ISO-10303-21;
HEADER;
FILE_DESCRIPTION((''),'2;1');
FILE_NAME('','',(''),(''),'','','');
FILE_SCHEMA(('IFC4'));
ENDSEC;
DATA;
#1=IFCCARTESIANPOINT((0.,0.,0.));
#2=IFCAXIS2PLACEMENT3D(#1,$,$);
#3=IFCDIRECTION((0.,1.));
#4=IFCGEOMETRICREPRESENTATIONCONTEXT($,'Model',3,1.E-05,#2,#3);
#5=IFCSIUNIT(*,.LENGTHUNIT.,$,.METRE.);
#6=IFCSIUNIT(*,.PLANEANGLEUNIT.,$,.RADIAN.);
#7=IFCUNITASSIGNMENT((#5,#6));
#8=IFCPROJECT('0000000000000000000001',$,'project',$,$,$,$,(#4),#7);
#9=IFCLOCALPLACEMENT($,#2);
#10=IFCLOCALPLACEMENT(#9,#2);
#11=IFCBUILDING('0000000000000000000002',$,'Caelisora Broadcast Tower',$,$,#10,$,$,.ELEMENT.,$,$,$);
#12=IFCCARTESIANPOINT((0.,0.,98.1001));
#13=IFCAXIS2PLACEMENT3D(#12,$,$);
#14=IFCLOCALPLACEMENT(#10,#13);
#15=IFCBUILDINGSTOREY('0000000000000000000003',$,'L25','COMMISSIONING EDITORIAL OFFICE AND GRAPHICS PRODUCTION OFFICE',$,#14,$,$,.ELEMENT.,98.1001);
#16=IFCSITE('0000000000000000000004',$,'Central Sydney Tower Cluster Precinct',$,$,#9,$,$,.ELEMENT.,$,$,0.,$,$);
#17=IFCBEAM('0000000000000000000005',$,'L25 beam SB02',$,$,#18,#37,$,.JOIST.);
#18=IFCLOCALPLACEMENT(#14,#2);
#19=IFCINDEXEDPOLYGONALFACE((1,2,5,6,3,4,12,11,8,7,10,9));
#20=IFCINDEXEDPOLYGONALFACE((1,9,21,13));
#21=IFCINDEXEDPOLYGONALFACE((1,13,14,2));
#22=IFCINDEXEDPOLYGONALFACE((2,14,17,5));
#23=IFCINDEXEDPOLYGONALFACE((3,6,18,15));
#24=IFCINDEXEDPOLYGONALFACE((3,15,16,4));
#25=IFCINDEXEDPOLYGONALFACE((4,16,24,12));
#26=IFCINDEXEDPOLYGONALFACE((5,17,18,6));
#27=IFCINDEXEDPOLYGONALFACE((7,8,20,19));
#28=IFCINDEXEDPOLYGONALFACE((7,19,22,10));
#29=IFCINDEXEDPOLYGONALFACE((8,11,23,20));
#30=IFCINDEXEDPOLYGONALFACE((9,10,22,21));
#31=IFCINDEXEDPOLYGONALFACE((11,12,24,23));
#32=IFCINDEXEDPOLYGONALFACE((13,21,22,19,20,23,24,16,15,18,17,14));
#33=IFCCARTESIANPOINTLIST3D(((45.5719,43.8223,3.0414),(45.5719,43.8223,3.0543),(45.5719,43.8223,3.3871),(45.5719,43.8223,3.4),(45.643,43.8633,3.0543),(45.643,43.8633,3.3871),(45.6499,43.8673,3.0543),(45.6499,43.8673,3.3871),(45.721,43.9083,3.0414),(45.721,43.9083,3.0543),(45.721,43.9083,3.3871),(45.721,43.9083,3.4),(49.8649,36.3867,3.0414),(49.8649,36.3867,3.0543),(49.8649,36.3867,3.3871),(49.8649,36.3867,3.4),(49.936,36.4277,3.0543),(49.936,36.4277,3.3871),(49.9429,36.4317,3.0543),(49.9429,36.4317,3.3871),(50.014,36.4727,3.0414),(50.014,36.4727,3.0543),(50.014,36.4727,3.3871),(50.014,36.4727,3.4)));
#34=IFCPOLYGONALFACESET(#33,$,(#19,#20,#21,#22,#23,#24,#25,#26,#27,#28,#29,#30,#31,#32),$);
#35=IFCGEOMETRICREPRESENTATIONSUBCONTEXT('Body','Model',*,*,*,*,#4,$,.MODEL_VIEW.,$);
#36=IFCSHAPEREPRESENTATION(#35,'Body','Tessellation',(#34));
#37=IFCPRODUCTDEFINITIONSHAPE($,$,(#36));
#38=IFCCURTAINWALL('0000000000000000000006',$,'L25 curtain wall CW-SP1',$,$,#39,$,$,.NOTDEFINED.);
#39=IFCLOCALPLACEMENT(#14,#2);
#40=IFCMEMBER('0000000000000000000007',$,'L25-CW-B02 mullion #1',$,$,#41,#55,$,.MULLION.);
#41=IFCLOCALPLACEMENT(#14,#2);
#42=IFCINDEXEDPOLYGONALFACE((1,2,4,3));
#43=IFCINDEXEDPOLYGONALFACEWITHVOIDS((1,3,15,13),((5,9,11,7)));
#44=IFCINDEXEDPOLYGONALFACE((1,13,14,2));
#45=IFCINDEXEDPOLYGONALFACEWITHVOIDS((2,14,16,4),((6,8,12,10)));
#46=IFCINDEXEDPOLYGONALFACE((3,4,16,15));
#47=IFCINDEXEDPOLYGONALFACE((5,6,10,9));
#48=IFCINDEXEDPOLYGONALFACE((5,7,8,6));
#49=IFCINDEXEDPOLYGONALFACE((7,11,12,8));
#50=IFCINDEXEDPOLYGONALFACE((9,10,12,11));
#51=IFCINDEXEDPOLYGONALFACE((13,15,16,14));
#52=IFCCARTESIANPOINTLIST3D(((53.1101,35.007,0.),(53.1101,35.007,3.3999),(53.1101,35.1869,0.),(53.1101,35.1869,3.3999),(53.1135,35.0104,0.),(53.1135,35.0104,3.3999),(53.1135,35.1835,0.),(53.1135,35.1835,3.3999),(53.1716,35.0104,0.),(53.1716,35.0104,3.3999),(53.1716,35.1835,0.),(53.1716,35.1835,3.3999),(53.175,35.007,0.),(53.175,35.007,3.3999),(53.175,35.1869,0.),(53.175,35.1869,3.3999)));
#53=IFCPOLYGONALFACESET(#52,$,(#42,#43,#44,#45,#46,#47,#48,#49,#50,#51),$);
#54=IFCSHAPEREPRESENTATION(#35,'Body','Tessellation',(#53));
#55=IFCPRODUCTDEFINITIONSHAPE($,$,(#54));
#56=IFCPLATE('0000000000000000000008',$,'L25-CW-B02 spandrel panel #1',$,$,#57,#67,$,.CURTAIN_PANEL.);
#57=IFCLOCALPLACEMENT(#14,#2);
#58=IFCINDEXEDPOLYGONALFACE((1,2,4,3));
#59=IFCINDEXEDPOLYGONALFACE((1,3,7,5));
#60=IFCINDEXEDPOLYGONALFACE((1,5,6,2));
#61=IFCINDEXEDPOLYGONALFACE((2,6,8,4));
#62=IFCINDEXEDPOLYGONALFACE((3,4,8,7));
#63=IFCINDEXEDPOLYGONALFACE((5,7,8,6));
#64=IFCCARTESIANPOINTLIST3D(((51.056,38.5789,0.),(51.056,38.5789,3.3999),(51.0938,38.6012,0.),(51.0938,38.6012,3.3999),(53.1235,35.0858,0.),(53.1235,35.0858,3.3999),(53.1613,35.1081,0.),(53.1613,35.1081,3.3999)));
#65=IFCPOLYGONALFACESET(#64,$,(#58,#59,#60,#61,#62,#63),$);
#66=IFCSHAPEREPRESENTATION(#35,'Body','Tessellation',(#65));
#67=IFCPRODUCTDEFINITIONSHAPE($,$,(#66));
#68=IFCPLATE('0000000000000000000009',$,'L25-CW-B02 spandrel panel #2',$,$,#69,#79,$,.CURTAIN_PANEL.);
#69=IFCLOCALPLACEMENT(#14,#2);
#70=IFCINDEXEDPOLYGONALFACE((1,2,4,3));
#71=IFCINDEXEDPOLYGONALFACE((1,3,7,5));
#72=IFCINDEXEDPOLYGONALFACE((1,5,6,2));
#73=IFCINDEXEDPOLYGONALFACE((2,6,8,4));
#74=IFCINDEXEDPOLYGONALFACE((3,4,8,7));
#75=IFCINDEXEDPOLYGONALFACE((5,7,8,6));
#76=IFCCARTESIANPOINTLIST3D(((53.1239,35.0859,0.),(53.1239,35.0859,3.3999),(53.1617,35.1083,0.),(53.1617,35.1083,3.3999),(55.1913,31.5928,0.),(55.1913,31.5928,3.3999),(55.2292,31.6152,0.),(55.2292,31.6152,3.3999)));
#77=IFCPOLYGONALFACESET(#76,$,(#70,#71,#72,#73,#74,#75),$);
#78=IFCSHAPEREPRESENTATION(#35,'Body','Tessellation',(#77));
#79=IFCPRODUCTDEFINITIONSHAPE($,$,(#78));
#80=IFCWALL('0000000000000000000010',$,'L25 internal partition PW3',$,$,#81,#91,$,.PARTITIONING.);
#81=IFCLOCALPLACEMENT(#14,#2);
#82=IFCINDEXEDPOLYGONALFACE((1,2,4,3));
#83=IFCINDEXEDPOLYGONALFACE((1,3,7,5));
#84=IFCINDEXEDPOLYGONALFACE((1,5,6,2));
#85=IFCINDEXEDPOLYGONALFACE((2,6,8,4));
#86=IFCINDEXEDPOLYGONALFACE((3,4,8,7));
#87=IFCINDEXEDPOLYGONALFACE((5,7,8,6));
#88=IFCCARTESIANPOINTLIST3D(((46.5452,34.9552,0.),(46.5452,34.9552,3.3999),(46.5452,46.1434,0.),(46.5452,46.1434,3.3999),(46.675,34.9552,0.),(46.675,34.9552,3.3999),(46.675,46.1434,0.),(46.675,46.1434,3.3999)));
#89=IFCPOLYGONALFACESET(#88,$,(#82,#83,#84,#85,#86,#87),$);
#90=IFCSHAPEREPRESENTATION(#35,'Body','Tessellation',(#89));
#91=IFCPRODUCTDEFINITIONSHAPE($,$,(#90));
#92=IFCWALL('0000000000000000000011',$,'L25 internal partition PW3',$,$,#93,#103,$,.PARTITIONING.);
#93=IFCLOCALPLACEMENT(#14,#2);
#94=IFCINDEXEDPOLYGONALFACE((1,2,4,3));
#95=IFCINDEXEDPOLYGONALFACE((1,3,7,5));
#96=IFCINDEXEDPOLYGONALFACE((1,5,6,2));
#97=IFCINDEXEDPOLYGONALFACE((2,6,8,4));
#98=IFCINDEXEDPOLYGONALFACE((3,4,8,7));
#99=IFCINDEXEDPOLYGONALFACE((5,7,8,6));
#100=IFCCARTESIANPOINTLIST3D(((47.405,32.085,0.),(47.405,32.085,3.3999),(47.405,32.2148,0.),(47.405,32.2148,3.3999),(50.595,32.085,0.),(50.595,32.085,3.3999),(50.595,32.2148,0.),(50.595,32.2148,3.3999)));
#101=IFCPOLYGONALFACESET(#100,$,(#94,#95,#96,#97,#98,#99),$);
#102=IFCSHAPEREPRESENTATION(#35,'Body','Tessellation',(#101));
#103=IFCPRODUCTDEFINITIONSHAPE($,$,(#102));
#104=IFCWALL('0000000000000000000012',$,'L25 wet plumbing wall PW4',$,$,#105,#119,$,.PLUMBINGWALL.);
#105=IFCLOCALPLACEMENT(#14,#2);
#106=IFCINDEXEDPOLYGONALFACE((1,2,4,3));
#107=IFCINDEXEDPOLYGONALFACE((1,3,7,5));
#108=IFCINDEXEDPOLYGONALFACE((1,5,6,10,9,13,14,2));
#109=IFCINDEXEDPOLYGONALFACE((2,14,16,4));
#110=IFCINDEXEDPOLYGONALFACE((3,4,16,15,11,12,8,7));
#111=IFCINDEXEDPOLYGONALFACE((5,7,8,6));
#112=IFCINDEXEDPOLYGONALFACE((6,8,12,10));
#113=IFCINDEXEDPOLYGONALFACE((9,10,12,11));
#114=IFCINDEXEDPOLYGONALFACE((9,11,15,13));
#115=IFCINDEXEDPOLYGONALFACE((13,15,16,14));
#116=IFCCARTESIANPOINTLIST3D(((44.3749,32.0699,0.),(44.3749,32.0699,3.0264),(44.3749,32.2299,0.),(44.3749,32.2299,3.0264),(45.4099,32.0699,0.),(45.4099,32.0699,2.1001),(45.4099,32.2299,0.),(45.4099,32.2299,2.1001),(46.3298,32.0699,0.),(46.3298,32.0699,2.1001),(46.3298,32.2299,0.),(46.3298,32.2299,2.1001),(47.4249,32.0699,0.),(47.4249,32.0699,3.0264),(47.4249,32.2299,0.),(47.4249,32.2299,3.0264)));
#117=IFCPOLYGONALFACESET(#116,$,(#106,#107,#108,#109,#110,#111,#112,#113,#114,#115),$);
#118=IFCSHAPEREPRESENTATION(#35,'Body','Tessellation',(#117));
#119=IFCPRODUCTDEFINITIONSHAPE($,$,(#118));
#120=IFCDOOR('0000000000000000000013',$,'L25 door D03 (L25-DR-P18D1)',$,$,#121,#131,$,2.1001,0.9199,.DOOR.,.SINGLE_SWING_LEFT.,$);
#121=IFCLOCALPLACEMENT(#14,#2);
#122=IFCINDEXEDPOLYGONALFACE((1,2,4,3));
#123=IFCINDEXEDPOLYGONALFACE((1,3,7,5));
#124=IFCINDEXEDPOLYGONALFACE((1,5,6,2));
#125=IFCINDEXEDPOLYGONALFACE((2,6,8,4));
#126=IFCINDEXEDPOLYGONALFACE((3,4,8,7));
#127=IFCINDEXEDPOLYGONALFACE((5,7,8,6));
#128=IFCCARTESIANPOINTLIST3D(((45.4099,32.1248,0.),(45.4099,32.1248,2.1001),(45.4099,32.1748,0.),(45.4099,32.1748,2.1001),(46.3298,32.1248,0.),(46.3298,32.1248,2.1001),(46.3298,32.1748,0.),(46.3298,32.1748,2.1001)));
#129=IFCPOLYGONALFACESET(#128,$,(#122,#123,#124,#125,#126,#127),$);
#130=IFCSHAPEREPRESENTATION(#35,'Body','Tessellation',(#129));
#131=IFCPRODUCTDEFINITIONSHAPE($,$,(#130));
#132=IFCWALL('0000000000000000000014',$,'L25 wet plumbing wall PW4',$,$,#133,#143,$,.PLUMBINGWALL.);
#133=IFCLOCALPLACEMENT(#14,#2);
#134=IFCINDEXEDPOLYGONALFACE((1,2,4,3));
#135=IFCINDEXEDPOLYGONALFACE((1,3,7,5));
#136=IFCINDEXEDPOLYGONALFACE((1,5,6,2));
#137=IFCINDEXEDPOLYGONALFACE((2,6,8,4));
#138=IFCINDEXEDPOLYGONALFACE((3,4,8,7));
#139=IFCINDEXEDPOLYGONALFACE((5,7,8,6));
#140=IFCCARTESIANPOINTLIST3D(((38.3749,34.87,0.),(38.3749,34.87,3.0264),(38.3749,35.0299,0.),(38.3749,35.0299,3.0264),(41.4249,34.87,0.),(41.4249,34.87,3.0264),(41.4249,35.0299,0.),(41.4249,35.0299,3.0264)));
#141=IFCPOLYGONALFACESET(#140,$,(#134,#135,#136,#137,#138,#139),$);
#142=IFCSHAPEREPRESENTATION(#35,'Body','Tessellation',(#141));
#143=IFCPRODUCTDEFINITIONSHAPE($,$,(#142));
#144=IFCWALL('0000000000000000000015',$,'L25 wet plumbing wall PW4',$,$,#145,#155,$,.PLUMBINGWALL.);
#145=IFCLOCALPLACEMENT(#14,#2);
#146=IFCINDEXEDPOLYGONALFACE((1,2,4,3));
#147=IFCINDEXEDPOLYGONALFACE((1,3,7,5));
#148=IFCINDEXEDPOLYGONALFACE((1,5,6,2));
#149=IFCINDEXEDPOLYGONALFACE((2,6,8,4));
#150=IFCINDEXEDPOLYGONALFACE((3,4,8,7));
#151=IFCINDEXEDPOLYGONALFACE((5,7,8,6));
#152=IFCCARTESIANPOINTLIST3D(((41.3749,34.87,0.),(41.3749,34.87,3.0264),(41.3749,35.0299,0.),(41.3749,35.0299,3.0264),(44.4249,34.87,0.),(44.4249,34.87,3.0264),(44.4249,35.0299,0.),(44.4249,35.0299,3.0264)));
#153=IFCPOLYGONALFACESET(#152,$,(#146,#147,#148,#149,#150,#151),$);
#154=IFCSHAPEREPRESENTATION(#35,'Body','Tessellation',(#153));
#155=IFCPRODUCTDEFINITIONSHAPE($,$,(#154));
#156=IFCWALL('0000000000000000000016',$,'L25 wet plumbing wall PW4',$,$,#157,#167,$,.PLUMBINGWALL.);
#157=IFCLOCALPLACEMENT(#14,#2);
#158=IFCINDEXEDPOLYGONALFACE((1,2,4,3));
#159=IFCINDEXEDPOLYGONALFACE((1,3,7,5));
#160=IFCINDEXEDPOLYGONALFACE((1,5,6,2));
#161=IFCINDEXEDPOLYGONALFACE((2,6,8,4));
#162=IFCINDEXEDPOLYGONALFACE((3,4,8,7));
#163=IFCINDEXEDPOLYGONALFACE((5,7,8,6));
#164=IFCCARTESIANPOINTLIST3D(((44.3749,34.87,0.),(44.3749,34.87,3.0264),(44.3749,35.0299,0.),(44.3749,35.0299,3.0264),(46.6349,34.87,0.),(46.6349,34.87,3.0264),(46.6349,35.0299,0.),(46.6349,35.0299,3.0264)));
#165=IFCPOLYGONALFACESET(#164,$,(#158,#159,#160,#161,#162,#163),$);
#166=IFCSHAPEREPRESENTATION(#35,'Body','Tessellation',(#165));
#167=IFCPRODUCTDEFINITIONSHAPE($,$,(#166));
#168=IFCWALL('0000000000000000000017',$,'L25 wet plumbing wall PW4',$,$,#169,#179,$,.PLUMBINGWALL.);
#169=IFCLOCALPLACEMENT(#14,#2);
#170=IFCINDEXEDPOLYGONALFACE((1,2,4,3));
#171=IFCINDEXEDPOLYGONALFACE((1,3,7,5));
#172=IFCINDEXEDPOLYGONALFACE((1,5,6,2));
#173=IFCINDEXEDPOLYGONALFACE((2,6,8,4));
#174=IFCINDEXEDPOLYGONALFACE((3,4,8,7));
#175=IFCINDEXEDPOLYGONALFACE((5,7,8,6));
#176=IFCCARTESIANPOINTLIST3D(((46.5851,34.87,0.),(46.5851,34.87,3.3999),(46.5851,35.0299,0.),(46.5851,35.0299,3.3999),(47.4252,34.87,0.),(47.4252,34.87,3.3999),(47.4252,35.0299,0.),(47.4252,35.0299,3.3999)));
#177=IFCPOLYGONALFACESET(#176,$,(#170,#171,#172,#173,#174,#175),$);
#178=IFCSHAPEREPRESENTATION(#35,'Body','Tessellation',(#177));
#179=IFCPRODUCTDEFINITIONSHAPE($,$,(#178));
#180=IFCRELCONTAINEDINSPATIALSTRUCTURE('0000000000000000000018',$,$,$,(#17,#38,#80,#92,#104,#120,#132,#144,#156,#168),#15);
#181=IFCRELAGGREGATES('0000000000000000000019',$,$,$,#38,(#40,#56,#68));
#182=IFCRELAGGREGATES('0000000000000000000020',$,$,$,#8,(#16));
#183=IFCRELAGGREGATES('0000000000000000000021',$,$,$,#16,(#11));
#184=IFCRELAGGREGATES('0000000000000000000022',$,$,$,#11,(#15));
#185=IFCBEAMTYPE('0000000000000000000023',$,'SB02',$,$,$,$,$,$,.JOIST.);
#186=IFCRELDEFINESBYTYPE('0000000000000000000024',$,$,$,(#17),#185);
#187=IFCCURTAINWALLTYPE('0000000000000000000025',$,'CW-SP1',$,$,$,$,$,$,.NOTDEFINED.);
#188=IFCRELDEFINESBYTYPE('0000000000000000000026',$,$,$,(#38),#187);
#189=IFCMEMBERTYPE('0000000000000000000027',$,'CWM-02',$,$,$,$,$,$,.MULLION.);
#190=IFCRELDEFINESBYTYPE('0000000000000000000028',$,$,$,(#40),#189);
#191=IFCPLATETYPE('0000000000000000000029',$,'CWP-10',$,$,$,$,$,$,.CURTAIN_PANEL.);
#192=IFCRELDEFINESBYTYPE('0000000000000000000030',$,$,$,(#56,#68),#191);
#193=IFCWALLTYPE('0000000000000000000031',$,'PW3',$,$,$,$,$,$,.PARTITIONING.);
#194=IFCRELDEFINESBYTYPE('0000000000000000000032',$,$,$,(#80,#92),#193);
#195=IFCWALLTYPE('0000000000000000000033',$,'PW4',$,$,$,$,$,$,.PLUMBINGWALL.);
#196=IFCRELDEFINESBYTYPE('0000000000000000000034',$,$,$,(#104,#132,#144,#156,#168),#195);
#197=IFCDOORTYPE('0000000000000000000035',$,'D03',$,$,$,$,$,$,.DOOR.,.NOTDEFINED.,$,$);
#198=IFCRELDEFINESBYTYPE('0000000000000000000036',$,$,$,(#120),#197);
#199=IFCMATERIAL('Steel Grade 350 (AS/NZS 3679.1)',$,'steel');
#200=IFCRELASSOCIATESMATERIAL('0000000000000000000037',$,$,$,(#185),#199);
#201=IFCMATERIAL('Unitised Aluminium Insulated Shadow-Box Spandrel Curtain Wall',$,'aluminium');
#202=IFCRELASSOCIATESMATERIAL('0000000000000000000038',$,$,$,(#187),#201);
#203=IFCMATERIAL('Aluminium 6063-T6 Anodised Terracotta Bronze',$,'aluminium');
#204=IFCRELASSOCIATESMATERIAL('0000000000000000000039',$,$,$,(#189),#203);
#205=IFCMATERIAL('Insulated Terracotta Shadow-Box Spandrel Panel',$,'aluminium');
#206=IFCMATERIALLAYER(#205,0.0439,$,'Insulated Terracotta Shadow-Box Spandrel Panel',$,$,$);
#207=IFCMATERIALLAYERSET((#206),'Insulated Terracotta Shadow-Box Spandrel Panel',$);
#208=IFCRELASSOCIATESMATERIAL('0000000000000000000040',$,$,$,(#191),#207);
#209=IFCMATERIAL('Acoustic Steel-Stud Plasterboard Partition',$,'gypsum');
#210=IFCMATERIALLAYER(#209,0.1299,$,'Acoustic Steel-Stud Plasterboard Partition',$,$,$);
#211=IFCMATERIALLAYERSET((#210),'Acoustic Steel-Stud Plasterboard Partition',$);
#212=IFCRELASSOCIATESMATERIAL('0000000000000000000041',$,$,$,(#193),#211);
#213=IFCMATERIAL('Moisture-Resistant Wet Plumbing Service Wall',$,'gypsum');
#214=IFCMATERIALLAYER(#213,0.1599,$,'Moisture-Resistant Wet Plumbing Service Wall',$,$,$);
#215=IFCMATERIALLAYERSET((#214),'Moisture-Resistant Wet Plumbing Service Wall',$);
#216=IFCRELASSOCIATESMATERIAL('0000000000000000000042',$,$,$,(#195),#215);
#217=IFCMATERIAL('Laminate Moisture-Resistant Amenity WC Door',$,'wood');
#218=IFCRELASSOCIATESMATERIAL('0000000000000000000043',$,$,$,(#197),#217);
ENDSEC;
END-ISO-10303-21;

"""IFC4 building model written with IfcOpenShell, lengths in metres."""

from ifc_helpers import new_model, si_unit, direction, frame, frame_2d, origin, origin_2d, place, context, subcontext, project, spatial, rectangle, hollow_rectangle, i_section, extrude, source, transform, mapped, material, layer, layer_set, material_profile, profile_set, type_object, type_shapes, element, fill, aggregate, save


model = new_model("IFC4")

# Units and contexts
model_context = context("Model", 3, precision=1e-05, world=origin(), true_north=direction((0.0, 1.0)))
body_context = subcontext(model_context, "Body", "Model", "MODEL_VIEW")
ifc_project = project(units=[si_unit("LENGTHUNIT", "METRE"), si_unit("PLANEANGLEUNIT", "RADIAN")], contexts=[model_context])

# Site, building, storey
site_placement = place(None, origin())
site = spatial("IfcSite", under=ifc_project, at=site_placement, Name="Central Sydney Tower Cluster Precinct", CompositionType="ELEMENT", RefElevation=0.0)
building_placement = place(site_placement, origin())
building = spatial("IfcBuilding", under=site, at=building_placement, Name="Caelisora Broadcast Tower", CompositionType="ELEMENT")
storey_placement = place(building_placement, frame((0.0, 0.0, 98.1001)))
storey = spatial("IfcBuildingStorey", under=building, at=storey_placement, Name="L25", Description="COMMISSIONING EDITORIAL OFFICE AND GRAPHICS PRODUCTION OFFICE", CompositionType="ELEMENT", Elevation=98.1001)

# Beam
ifc_material_1 = material(Name="Steel Grade 350 (AS/NZS 3679.1)", Category="steel")
ifc_material_profile_1 = material_profile(ifc_material_1, i_section(OverallWidth=0.1721, OverallDepth=0.3586, WebThickness=0.0081, FlangeThickness=0.0129, at=origin_2d()), Name="Steel Grade 350 (AS/NZS 3679.1)")
ifc_profile_set_1 = profile_set([ifc_material_profile_1], Name="Steel Grade 350 (AS/NZS 3679.1)")
beam_type = type_object("IfcBeamType", Name="SB02", PredefinedType="JOIST", material=ifc_profile_set_1)
shared_shape_1 = source(origin(), body_context, "Body", "SweptSolid", [
    extrude(i_section(OverallWidth=0.1721, OverallDepth=0.3586, WebThickness=0.0081, FlangeThickness=0.0129, at=origin_2d()), origin(), (0.0, 0.0, 1.0), 8.5859),
])
beam_1_placement = place(storey_placement, frame((49.9395, 36.4297, 3.2207), z_axis=(-0.500005, 0.866023, 0.0), x_axis=(-0.866023, -0.500005, 0.0)))
element("IfcBeam", 1, at=beam_1_placement, inside=storey, type_object=beam_type, Name="L25 beam SB02", PredefinedType="JOIST", context=body_context, shape_type="MappedRepresentation", body=[
    mapped(shared_shape_1, transform((0.0, 0.0, 0.0), scale=1.0)),
])

# Curtain wall, member, plates
ifc_material_2 = material(Name="Unitised Aluminium Insulated Shadow-Box Spandrel Curtain Wall", Category="aluminium")
curtain_wall_type = type_object("IfcCurtainWallType", Name="CW-SP1", PredefinedType="NOTDEFINED", material=ifc_material_2)
curtain_wall_placement = place(storey_placement, origin())
curtain_wall = element("IfcCurtainWall", 2, at=curtain_wall_placement, inside=storey, type_object=curtain_wall_type, Name="L25 curtain wall CW-SP1", PredefinedType="NOTDEFINED")
ifc_material_3 = material(Name="Aluminium 6063-T6 Anodised Terracotta Bronze", Category="aluminium")
ifc_material_profile_2 = material_profile(ifc_material_3, hollow_rectangle(XDim=0.0649, YDim=0.1799, WallThickness=0.0034, at=origin_2d()), Name="Aluminium 6063-T6 Anodised Terracotta Bronze")
ifc_profile_set_2 = profile_set([ifc_material_profile_2], Name="Aluminium 6063-T6 Anodised Terracotta Bronze")
member_type = type_object("IfcMemberType", Name="CWM-02", PredefinedType="MULLION", material=ifc_profile_set_2)
shared_shape_2 = source(origin(), body_context, "Body", "SweptSolid", [
    extrude(hollow_rectangle(XDim=0.0649, YDim=0.1799, WallThickness=0.0034, at=origin_2d()), origin(), (0.0, 0.0, 1.0), 3.3999),
])
type_shapes(member_type, [shared_shape_2])
member_placement = place(storey_placement, frame((53.1426, 35.0969, 0.0), z_axis=(0.0, 0.0, 1.0), x_axis=(1.0, 0.0, 0.0)))
member = element("IfcMember", 3, at=member_placement, type_object=member_type, Name="L25-CW-B02 mullion #1", PredefinedType="MULLION", context=body_context, shape_type="MappedRepresentation", body=[
    mapped(shared_shape_2, transform((0.0, 0.0, 0.0), scale=1.0)),
])
ifc_material_4 = material(Name="Insulated Terracotta Shadow-Box Spandrel Panel", Category="aluminium")
ifc_layer_1 = layer(ifc_material_4, 0.0439, Name="Insulated Terracotta Shadow-Box Spandrel Panel")
ifc_layer_set_1 = layer_set([ifc_layer_1], Name="Insulated Terracotta Shadow-Box Spandrel Panel")
plate_type = type_object("IfcPlateType", Name="CWP-10", PredefinedType="CURTAIN_PANEL", material=ifc_layer_set_1)
shared_shape_3 = source(origin(), body_context, "Body", "SweptSolid", [
    extrude(rectangle(XDim=4.0591, YDim=0.0439, at=origin_2d()), origin(), (0.0, 0.0, 1.0), 3.3999),
])
type_shapes(plate_type, [shared_shape_3])
plate_1_placement = place(storey_placement, frame((52.1086, 36.8435, 0.0), z_axis=(0.0, 0.0, 1.0), x_axis=(0.509342, -0.860564, 0.0)))
plate_1 = element("IfcPlate", 4, at=plate_1_placement, type_object=plate_type, Name="L25-CW-B02 spandrel panel #1", PredefinedType="CURTAIN_PANEL", context=body_context, shape_type="MappedRepresentation", body=[
    mapped(shared_shape_3, transform((0.0, 0.0, 0.0), scale=1.0)),
])
plate_2_placement = place(storey_placement, frame((54.1765, 33.3506, 0.0), z_axis=(0.0, 0.0, 1.0), x_axis=(0.509342, -0.860564, 0.0)))
plate_2 = element("IfcPlate", 5, at=plate_2_placement, type_object=plate_type, Name="L25-CW-B02 spandrel panel #2", PredefinedType="CURTAIN_PANEL", context=body_context, shape_type="MappedRepresentation", body=[
    mapped(shared_shape_3, transform((0.0, 0.0, 0.0), scale=1.0)),
])
aggregate(curtain_wall, [member, plate_1, plate_2])

# Walls
ifc_material_5 = material(Name="Acoustic Steel-Stud Plasterboard Partition", Category="gypsum")
ifc_layer_2 = layer(ifc_material_5, 0.1299, Name="Acoustic Steel-Stud Plasterboard Partition")
ifc_layer_set_2 = layer_set([ifc_layer_2], Name="Acoustic Steel-Stud Plasterboard Partition")
wall_type_1 = type_object("IfcWallType", Name="PW3", PredefinedType="PARTITIONING", material=ifc_layer_set_2)
wall_1_placement = place(storey_placement, frame((46.6101, 34.9551, 0.0), z_axis=(0.0, 0.0, 1.0), x_axis=(0.0, 1.0, 0.0)))
element("IfcWall", 6, at=wall_1_placement, inside=storey, type_object=wall_type_1, Name="L25 internal partition PW3", PredefinedType="PARTITIONING", context=body_context, shape_type="SweptSolid", body=[
    extrude(rectangle(XDim=11.1882, YDim=0.1299, at=frame_2d((5.5942, 0.0))), origin(), (0.0, 0.0, 1.0), 3.3999),
])
wall_2_placement = place(storey_placement, frame((47.405, 32.1499, 0.0), z_axis=(0.0, 0.0, 1.0), x_axis=(1.0, 0.0, 0.0)))
element("IfcWall", 7, at=wall_2_placement, inside=storey, type_object=wall_type_1, Name="L25 internal partition PW3", PredefinedType="PARTITIONING", context=body_context, shape_type="SweptSolid", body=[
    extrude(rectangle(XDim=3.1899, YDim=0.1299, at=frame_2d((1.595, 0.0))), origin(), (0.0, 0.0, 1.0), 3.3999),
])

# Wall, opening, door
ifc_material_6 = material(Name="Moisture-Resistant Wet Plumbing Service Wall", Category="gypsum")
ifc_layer_3 = layer(ifc_material_6, 0.1599, Name="Moisture-Resistant Wet Plumbing Service Wall")
ifc_layer_set_3 = layer_set([ifc_layer_3], Name="Moisture-Resistant Wet Plumbing Service Wall")
wall_type_2 = type_object("IfcWallType", Name="PW4", PredefinedType="PLUMBINGWALL", material=ifc_layer_set_3)
wall_3_placement = place(storey_placement, frame((44.375, 32.1499, 0.0), z_axis=(0.0, 0.0, 1.0), x_axis=(1.0, 0.0, 0.0)))
wall_3 = element("IfcWall", 8, at=wall_3_placement, inside=storey, type_object=wall_type_2, Name="L25 wet plumbing wall PW4", PredefinedType="PLUMBINGWALL", context=body_context, shape_type="SweptSolid", body=[
    extrude(rectangle(XDim=3.05, YDim=0.1599, at=frame_2d((1.5249, 0.0))), origin(), (0.0, 0.0, 1.0), 3.0264),
])
opening_placement = place(wall_3_placement, frame((1.0349, 0.0, 0.0)))
opening = element("IfcOpeningElement", 9, at=opening_placement, cuts=wall_3, PredefinedType="OPENING", context=body_context, shape_type="SweptSolid", body=[
    extrude(rectangle(XDim=0.9199, YDim=2.1001, at=frame_2d((0.46, 1.05))), frame((0.0, 0.092, 0.0), z_axis=(0.0, -1.0, 0.0), x_axis=(1.0, 0.0, 0.0)), (0.0, 0.0, 1.0), 0.1838),
])
ifc_material_7 = material(Name="Laminate Moisture-Resistant Amenity WC Door", Category="wood")
door_type = type_object("IfcDoorType", Name="D03", OperationType="NOTDEFINED", PredefinedType="DOOR", material=ifc_material_7)
door_placement = place(opening_placement, origin())
door = element("IfcDoor", 10, at=door_placement, inside=storey, type_object=door_type, Name="L25 door D03 (L25-DR-P18D1)", OperationType="SINGLE_SWING_LEFT", OverallHeight=2.1001, OverallWidth=0.9199, PredefinedType="DOOR", context=body_context, shape_type="SweptSolid", body=[
    extrude(rectangle(XDim=0.9199, YDim=2.1001, at=frame_2d((0.46, 1.05))), frame((0.0, 0.0249, 0.0), z_axis=(0.0, -1.0, 0.0), x_axis=(1.0, 0.0, 0.0)), (0.0, 0.0, 1.0), 0.05),
])
fill(opening, door)

# Walls
for number, where, z_axis, x_axis, name in (
    (11, (38.375, 34.95, 0.0), (0.0, 0.0, 1.0), (1.0, 0.0, 0.0), "L25 wet plumbing wall PW4"),
    (12, (41.375, 34.95, 0.0), (0.0, 0.0, 1.0), (1.0, 0.0, 0.0), "L25 wet plumbing wall PW4"),
):
    element("IfcWall", number, at=place(storey_placement, frame(where, z_axis=z_axis, x_axis=x_axis)), inside=storey, type_object=wall_type_2, Name=name, PredefinedType="PLUMBINGWALL", context=body_context, shape_type="SweptSolid", body=[
        extrude(rectangle(XDim=3.05, YDim=0.1599, at=frame_2d((1.5249, 0.0))), origin(), (0.0, 0.0, 1.0), 3.0264),
    ])
wall_4_placement = place(storey_placement, frame((44.375, 34.95, 0.0), z_axis=(0.0, 0.0, 1.0), x_axis=(1.0, 0.0, 0.0)))
element("IfcWall", 13, at=wall_4_placement, inside=storey, type_object=wall_type_2, Name="L25 wet plumbing wall PW4", PredefinedType="PLUMBINGWALL", context=body_context, shape_type="SweptSolid", body=[
    extrude(rectangle(XDim=2.26, YDim=0.1599, at=frame_2d((1.1299, 0.0))), origin(), (0.0, 0.0, 1.0), 3.0264),
])
wall_5_placement = place(storey_placement, frame((47.425, 34.95, 0.0), z_axis=(0.0, 0.0, 1.0), x_axis=(-1.0, 0.0, 0.0)))
element("IfcWall", 14, at=wall_5_placement, inside=storey, type_object=wall_type_2, Name="L25 wet plumbing wall PW4", PredefinedType="PLUMBINGWALL", context=body_context, shape_type="SweptSolid", body=[
    extrude(rectangle(XDim=0.8401, YDim=0.1599, at=frame_2d((0.4199, 0.0))), origin(), (0.0, 0.0, 1.0), 3.3999),
])

save(model, "model.ifc")
